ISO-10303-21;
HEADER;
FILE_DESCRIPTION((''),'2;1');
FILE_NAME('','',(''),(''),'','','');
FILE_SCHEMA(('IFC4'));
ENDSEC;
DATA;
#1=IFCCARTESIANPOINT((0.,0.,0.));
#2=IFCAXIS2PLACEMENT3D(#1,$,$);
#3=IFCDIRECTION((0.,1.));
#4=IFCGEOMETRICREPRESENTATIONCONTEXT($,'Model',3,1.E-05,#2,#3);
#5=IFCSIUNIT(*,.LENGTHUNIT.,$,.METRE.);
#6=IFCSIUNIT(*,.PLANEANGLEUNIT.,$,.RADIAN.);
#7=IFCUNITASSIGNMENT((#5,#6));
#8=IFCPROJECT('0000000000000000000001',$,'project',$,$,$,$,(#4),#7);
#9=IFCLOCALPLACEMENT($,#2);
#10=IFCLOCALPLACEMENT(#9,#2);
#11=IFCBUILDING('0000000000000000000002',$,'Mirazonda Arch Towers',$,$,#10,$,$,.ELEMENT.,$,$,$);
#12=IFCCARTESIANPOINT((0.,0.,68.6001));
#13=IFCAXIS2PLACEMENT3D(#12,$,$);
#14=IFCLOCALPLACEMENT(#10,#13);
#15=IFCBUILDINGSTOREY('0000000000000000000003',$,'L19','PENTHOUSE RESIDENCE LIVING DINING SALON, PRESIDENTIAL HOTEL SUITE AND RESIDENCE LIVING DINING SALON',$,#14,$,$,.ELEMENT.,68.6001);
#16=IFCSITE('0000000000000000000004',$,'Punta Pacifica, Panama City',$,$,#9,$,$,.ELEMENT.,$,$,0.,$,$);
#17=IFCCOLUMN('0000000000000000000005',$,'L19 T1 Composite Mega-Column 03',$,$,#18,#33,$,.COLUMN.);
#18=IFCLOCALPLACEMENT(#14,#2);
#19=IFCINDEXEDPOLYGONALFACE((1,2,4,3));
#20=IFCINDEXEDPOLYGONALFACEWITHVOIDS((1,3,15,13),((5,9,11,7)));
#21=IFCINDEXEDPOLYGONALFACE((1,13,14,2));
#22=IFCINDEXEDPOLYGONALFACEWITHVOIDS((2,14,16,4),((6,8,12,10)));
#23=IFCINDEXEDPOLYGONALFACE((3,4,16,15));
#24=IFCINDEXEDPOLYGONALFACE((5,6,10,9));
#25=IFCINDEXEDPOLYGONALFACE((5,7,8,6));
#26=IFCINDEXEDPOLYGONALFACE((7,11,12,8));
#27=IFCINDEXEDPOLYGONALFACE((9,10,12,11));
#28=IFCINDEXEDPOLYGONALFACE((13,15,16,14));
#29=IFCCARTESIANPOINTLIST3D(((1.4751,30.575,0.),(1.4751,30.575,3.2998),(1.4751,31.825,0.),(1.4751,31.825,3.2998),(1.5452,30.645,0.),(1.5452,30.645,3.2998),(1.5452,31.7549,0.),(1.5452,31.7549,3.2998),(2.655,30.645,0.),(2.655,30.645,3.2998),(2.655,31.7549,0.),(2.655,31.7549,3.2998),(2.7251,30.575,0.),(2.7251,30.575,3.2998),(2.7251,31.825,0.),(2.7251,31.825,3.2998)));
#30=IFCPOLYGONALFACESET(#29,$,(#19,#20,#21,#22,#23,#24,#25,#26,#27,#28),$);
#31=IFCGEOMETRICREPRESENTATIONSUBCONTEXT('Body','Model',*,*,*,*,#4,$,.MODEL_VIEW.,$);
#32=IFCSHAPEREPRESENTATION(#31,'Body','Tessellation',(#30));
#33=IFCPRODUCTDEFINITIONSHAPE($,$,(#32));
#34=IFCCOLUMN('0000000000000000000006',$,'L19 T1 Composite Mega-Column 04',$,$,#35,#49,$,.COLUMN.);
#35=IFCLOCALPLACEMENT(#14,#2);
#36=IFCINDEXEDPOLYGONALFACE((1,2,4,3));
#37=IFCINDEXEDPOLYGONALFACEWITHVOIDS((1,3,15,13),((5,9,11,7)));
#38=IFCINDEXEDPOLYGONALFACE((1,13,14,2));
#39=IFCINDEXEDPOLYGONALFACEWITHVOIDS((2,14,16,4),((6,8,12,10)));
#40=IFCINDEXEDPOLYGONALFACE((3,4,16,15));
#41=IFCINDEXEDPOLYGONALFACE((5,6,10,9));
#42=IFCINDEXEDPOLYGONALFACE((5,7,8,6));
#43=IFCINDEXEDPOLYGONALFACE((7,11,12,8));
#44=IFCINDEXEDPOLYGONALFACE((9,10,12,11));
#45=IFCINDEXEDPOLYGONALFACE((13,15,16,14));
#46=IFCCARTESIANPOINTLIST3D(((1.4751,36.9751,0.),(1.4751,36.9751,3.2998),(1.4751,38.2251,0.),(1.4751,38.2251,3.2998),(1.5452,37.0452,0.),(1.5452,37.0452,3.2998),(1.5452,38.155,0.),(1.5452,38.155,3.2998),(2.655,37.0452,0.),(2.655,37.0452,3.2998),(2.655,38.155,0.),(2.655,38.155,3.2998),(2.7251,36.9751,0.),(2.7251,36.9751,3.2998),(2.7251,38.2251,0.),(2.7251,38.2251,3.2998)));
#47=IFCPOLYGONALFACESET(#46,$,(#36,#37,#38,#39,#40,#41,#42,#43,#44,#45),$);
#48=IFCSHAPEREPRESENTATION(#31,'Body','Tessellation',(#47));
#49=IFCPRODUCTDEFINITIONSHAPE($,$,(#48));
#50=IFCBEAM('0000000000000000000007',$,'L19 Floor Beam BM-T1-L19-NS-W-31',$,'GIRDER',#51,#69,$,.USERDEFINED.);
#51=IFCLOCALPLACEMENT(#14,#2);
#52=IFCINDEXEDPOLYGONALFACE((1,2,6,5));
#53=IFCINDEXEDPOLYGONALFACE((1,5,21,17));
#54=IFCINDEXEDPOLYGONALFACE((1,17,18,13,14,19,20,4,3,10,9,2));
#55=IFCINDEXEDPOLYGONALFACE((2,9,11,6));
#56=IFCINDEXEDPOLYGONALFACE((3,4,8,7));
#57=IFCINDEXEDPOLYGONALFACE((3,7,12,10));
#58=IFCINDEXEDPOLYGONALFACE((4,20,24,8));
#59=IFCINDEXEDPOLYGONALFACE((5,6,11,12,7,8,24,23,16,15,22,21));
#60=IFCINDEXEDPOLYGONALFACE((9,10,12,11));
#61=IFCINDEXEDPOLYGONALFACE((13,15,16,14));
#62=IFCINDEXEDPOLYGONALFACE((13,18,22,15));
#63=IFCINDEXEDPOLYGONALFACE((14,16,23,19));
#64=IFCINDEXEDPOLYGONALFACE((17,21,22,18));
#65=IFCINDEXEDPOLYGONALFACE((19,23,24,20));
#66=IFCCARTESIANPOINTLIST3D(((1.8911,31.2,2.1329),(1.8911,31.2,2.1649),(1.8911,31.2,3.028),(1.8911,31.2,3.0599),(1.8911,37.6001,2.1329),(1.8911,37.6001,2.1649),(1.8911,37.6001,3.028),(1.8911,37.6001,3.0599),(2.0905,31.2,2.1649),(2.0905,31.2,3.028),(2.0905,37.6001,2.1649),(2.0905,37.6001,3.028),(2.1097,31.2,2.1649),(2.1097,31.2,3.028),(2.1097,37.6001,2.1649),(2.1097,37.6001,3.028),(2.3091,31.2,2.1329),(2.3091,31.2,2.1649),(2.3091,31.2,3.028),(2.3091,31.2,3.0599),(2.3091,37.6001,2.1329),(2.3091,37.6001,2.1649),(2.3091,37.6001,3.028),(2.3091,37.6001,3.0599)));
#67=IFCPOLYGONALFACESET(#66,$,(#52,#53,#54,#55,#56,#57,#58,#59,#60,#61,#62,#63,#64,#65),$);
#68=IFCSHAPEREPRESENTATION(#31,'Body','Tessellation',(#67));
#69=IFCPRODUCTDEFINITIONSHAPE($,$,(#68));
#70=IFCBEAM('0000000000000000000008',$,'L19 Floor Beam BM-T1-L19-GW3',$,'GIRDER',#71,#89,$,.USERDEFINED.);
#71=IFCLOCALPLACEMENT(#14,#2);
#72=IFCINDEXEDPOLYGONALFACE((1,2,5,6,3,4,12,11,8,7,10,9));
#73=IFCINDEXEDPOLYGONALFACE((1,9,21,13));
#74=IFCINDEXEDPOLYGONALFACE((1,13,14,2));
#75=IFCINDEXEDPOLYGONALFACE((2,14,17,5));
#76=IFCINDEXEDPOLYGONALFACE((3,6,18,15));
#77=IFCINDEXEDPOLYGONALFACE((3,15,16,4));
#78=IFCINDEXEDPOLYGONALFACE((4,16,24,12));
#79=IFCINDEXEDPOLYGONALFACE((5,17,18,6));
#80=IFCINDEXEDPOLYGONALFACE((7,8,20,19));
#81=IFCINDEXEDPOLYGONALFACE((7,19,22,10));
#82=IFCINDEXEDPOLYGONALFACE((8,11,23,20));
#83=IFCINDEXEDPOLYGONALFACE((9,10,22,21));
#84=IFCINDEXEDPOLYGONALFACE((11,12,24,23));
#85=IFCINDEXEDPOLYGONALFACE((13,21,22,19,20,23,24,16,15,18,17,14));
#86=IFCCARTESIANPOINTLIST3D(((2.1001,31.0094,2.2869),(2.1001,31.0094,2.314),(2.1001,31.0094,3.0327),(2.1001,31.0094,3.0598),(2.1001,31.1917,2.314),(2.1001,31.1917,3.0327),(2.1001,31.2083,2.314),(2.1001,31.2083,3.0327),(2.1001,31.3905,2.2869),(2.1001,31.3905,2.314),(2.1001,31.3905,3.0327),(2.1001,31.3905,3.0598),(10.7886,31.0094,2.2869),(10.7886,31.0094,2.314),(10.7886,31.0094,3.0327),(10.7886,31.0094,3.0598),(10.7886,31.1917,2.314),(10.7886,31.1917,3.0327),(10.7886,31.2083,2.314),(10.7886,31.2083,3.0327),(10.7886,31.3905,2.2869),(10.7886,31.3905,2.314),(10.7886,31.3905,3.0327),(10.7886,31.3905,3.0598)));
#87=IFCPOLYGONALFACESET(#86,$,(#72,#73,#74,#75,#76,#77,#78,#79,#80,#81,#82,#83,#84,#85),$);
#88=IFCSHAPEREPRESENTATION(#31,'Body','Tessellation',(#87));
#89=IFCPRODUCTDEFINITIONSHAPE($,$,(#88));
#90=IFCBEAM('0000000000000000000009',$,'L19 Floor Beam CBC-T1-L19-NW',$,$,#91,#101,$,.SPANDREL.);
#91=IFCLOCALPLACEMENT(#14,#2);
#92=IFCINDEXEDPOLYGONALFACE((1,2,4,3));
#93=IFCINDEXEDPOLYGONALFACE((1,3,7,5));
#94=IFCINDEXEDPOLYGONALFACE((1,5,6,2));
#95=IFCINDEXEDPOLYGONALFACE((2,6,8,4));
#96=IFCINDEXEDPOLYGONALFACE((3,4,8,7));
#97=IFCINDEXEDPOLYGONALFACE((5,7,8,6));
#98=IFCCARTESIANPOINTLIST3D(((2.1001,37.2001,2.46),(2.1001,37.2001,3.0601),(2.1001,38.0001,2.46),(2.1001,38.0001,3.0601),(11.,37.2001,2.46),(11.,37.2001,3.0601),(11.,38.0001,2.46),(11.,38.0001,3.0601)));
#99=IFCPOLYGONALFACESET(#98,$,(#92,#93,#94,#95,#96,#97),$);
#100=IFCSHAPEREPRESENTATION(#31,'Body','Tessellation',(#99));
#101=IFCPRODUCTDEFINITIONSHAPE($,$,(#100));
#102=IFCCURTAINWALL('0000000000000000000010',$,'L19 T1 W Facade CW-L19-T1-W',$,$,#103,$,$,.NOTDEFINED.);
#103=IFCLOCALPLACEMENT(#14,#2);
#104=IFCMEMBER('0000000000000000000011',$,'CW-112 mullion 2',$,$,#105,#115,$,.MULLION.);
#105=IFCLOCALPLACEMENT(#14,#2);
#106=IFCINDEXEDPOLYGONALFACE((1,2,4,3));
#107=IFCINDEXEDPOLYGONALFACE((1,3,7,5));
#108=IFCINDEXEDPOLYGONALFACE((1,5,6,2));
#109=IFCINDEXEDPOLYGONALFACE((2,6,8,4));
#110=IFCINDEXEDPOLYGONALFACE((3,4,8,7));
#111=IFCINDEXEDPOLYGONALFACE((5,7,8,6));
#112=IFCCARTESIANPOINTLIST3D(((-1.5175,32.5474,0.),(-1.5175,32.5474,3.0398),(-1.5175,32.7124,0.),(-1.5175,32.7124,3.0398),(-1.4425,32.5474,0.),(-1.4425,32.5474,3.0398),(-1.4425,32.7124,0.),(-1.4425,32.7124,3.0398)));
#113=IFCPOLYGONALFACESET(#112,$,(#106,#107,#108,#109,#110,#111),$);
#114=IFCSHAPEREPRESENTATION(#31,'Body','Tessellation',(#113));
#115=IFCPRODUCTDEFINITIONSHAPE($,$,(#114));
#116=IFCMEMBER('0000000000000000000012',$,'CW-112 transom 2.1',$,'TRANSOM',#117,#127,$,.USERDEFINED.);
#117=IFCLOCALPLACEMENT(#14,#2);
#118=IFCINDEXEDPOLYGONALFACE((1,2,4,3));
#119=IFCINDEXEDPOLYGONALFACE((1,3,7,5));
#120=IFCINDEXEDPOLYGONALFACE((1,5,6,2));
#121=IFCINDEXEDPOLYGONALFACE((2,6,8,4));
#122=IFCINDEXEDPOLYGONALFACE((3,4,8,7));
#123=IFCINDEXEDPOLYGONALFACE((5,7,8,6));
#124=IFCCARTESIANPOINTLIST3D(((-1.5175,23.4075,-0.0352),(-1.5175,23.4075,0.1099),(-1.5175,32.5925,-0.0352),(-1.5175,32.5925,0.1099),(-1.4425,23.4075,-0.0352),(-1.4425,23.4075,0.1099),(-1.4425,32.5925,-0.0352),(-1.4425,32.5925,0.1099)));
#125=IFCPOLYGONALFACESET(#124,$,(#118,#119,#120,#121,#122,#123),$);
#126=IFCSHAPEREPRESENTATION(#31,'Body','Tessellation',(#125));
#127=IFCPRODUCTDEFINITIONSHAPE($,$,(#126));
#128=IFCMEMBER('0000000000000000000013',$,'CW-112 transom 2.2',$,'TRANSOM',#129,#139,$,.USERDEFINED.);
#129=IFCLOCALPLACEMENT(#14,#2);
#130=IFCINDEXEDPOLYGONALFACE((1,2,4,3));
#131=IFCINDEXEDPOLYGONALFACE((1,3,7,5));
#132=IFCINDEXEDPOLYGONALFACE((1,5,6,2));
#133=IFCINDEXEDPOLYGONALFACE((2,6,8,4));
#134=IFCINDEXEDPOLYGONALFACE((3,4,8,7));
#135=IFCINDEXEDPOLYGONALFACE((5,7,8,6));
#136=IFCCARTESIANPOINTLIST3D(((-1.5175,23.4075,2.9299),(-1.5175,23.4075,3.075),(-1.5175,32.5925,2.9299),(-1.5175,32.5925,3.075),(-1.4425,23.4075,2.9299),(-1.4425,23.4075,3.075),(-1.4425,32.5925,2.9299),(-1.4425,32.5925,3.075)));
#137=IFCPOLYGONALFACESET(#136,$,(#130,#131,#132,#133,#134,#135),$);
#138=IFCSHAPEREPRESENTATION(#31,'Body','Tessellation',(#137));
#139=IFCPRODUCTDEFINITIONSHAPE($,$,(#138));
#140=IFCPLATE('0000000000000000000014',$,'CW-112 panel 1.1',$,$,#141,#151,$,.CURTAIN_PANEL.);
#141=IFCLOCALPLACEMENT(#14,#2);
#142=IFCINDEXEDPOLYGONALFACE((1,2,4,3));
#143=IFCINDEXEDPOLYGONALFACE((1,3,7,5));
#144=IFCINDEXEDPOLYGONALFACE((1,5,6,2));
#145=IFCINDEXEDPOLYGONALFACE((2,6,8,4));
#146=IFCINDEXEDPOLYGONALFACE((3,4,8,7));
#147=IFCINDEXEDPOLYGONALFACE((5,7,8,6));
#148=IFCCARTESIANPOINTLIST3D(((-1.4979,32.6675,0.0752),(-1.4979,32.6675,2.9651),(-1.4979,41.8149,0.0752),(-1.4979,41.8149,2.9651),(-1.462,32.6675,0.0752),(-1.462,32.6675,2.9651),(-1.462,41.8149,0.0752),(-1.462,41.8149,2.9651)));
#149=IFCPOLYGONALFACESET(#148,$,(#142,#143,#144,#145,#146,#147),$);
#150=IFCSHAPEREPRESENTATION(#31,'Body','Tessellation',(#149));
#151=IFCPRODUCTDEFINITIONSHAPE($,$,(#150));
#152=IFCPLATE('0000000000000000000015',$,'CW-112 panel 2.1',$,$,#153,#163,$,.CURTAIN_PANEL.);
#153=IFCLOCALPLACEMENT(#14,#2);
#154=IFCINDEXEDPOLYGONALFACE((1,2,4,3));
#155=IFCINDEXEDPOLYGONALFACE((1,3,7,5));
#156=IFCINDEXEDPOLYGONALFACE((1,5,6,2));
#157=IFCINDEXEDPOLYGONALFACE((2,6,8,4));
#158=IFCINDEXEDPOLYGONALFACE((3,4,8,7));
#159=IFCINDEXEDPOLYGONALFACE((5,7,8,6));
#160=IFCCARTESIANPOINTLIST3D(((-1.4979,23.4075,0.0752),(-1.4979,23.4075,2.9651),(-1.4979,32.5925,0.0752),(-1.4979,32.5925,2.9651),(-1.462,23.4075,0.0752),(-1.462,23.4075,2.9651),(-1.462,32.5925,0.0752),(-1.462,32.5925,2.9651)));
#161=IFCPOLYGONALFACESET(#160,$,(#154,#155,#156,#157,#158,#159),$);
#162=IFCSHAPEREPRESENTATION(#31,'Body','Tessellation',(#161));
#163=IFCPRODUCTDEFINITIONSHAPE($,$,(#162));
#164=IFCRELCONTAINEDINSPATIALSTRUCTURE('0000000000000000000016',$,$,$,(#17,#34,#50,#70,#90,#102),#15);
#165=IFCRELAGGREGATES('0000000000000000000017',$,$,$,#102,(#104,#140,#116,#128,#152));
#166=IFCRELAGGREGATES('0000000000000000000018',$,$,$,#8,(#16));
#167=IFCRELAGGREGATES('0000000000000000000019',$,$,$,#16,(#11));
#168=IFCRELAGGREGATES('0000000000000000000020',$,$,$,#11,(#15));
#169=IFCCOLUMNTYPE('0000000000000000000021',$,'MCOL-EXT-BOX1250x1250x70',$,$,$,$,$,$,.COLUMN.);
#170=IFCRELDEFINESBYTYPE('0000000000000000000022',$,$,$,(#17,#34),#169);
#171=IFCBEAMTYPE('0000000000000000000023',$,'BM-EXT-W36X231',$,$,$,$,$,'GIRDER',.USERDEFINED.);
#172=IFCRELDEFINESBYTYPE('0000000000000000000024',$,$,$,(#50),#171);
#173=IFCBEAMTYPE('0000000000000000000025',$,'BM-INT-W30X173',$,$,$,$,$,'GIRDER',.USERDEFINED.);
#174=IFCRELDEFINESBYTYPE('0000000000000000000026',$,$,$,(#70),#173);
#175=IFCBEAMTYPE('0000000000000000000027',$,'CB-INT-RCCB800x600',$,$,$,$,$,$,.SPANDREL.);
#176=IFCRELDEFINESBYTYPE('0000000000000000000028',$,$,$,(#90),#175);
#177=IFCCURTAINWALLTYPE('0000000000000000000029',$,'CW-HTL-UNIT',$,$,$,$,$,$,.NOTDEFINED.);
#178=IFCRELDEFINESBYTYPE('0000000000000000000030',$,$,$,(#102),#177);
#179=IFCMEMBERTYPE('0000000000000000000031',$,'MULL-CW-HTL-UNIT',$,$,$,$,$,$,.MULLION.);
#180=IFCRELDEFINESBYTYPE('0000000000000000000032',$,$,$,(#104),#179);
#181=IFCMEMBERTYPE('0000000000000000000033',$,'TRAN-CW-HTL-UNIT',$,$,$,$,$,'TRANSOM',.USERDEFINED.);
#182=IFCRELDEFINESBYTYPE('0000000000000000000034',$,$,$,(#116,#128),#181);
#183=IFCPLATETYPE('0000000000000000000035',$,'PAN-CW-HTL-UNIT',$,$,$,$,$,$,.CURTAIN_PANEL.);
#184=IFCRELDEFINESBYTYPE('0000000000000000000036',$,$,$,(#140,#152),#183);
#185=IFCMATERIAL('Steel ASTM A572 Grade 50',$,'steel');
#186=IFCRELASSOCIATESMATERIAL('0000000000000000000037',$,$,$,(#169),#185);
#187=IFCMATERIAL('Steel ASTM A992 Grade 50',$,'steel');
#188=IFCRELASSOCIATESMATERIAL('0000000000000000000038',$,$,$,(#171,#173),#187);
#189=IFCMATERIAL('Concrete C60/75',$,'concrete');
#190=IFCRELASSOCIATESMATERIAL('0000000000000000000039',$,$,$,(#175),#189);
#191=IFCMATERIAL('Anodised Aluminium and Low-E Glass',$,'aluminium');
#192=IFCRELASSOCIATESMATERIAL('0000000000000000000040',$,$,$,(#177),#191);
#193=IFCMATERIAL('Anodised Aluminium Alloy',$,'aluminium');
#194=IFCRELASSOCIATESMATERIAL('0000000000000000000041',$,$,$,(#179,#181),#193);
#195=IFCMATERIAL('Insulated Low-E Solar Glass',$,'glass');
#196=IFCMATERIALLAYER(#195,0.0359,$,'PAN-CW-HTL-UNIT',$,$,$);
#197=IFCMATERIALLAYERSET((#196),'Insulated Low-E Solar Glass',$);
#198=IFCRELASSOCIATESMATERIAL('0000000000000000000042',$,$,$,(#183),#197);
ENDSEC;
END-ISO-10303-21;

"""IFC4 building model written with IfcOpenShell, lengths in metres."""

from ifc_helpers import new_model, si_unit, direction, frame, origin, origin_2d, place, context, subcontext, project, spatial, rectangle, hollow_rectangle, i_section, extrude, material, layer, layer_set, material_profile, profile_set, type_object, element, aggregate, save


model = new_model("IFC4")

# Units and contexts
model_context = context("Model", 3, precision=1e-05, world=origin(), true_north=direction((0.0, 1.0)))
body_context = subcontext(model_context, "Body", "Model", "MODEL_VIEW")
ifc_project = project(units=[si_unit("LENGTHUNIT", "METRE"), si_unit("PLANEANGLEUNIT", "RADIAN")], contexts=[model_context])

# Site, building, storey
site_placement = place(None, origin())
site = spatial("IfcSite", under=ifc_project, at=site_placement, Name="Punta Pacifica, Panama City", CompositionType="ELEMENT", RefElevation=0.0)
building_placement = place(site_placement, origin())
building = spatial("IfcBuilding", under=site, at=building_placement, Name="Mirazonda Arch Towers", CompositionType="ELEMENT")
storey_placement = place(building_placement, frame((0.0, 0.0, 68.6001)))
storey = spatial("IfcBuildingStorey", under=building, at=storey_placement, Name="L19", Description="PENTHOUSE RESIDENCE LIVING DINING SALON, PRESIDENTIAL HOTEL SUITE AND RESIDENCE LIVING DINING SALON", CompositionType="ELEMENT", Elevation=68.6001)

# Columns
ifc_material_1 = material(Name="Steel ASTM A572 Grade 50", Category="steel")
ifc_material_profile_1 = material_profile(ifc_material_1, hollow_rectangle(XDim=1.25, YDim=1.25, WallThickness=0.0701, at=origin_2d()), Name="BOX1250x1250x70")
ifc_profile_set_1 = profile_set([ifc_material_profile_1], Name="Steel ASTM A572 Grade 50")
column_type = type_object("IfcColumnType", Name="MCOL-EXT-BOX1250x1250x70", PredefinedType="COLUMN", material=ifc_profile_set_1)
for number, where, z_axis, x_axis, name in (
    (1, (2.1001, 31.2, 0.0), (0.0, 0.0, 1.0), (1.0, 0.0, 0.0), "L19 T1 Composite Mega-Column 03"),
    (2, (2.1001, 37.6001, 0.0), (0.0, 0.0, 1.0), (1.0, 0.0, 0.0), "L19 T1 Composite Mega-Column 04"),
):
    element("IfcColumn", number, at=place(storey_placement, frame(where, z_axis=z_axis, x_axis=x_axis)), inside=storey, type_object=column_type, Name=name, PredefinedType="COLUMN", context=body_context, shape_type="SweptSolid", body=[
        extrude(hollow_rectangle(XDim=1.25, YDim=1.25, WallThickness=0.0701, at=origin_2d()), origin(), (0.0, 0.0, 1.0), 3.2998),
    ])

# Beams
ifc_material_2 = material(Name="Steel ASTM A992 Grade 50", Category="steel")
ifc_material_profile_2 = material_profile(ifc_material_2, i_section(OverallWidth=0.418, OverallDepth=0.927, WebThickness=0.0193, FlangeThickness=0.032, at=origin_2d()), Name="W36X231")
ifc_profile_set_2 = profile_set([ifc_material_profile_2], Name="Steel ASTM A992 Grade 50")
beam_type_1 = type_object("IfcBeamType", Name="BM-EXT-W36X231", ElementType="GIRDER", PredefinedType="USERDEFINED", material=ifc_profile_set_2)
beam_1_placement = place(storey_placement, frame((2.1001, 31.2, 2.5964), z_axis=(0.0, 1.0, 0.0), x_axis=(-1.0, 0.0, 0.0)))
element("IfcBeam", 3, at=beam_1_placement, inside=storey, type_object=beam_type_1, Name="L19 Floor Beam BM-T1-L19-NS-W-31", ObjectType="GIRDER", PredefinedType="USERDEFINED", context=body_context, shape_type="SweptSolid", body=[
    extrude(i_section(OverallWidth=0.418, OverallDepth=0.927, WebThickness=0.0193, FlangeThickness=0.032, at=origin_2d()), origin(), (0.0, 0.0, 1.0), 6.4001),
])
ifc_material_profile_3 = material_profile(ifc_material_2, i_section(OverallWidth=0.3811, OverallDepth=0.7729, WebThickness=0.0166, FlangeThickness=0.0271, at=origin_2d()), Name="W30X173")
ifc_profile_set_3 = profile_set([ifc_material_profile_3], Name="Steel ASTM A992 Grade 50")
beam_type_2 = type_object("IfcBeamType", Name="BM-INT-W30X173", ElementType="GIRDER", PredefinedType="USERDEFINED", material=ifc_profile_set_3)
beam_2_placement = place(storey_placement, frame((2.1001, 31.2, 2.6733), z_axis=(1.0, 0.0, 0.0), x_axis=(0.0, 1.0, 0.0)))
element("IfcBeam", 4, at=beam_2_placement, inside=storey, type_object=beam_type_2, Name="L19 Floor Beam BM-T1-L19-GW3", ObjectType="GIRDER", PredefinedType="USERDEFINED", context=body_context, shape_type="SweptSolid", body=[
    extrude(i_section(OverallWidth=0.3811, OverallDepth=0.7729, WebThickness=0.0166, FlangeThickness=0.0271, at=origin_2d()), origin(), (0.0, 0.0, 1.0), 8.6885),
])
ifc_material_3 = material(Name="Concrete C60/75", Category="concrete")
ifc_material_profile_4 = material_profile(ifc_material_3, rectangle(XDim=0.8, YDim=0.6001, at=origin_2d()), Name="RCCB800x600")
ifc_profile_set_4 = profile_set([ifc_material_profile_4], Name="Concrete C60/75")
beam_type_3 = type_object("IfcBeamType", Name="CB-INT-RCCB800x600", PredefinedType="SPANDREL", material=ifc_profile_set_4)
beam_3_placement = place(storey_placement, frame((2.1001, 37.6001, 2.76), z_axis=(1.0, 0.0, 0.0), x_axis=(0.0, 1.0, 0.0)))
element("IfcBeam", 5, at=beam_3_placement, inside=storey, type_object=beam_type_3, Name="L19 Floor Beam CBC-T1-L19-NW", PredefinedType="SPANDREL", context=body_context, shape_type="SweptSolid", body=[
    extrude(rectangle(XDim=0.8, YDim=0.6001, at=origin_2d()), origin(), (0.0, 0.0, 1.0), 8.8999),
])

# Curtain wall, members, plates
ifc_material_4 = material(Name="Anodised Aluminium and Low-E Glass", Category="aluminium")
curtain_wall_type = type_object("IfcCurtainWallType", Name="CW-HTL-UNIT", PredefinedType="NOTDEFINED", material=ifc_material_4)
curtain_wall_placement = place(storey_placement, origin())
curtain_wall = element("IfcCurtainWall", 6, at=curtain_wall_placement, inside=storey, type_object=curtain_wall_type, Name="L19 T1 W Facade CW-L19-T1-W", PredefinedType="NOTDEFINED")
ifc_material_5 = material(Name="Anodised Aluminium Alloy", Category="aluminium")
ifc_material_profile_5 = material_profile(ifc_material_5, rectangle(XDim=0.075, YDim=0.165, at=origin_2d()), Name="ALU-MULL-75x165")
ifc_profile_set_5 = profile_set([ifc_material_profile_5], Name="Anodised Aluminium Alloy")
member_type_1 = type_object("IfcMemberType", Name="MULL-CW-HTL-UNIT", PredefinedType="MULLION", material=ifc_profile_set_5)
member_1_placement = place(storey_placement, frame((-1.48, 32.6299, 0.0), z_axis=(0.0, 0.0, 1.0), x_axis=(1.0, 0.0, 0.0)))
member_1 = element("IfcMember", 7, at=member_1_placement, type_object=member_type_1, Name="CW-112 mullion 2", PredefinedType="MULLION", context=body_context, shape_type="SweptSolid", body=[
    extrude(rectangle(XDim=0.075, YDim=0.165, at=origin_2d()), origin(), (0.0, 0.0, 1.0), 3.0398),
])
ifc_material_profile_6 = material_profile(ifc_material_5, rectangle(XDim=0.075, YDim=0.145, at=origin_2d()), Name="ALU-TRAN-75x145")
ifc_profile_set_6 = profile_set([ifc_material_profile_6], Name="Anodised Aluminium Alloy")
member_type_2 = type_object("IfcMemberType", Name="TRAN-CW-HTL-UNIT", ElementType="TRANSOM", PredefinedType="USERDEFINED", material=ifc_profile_set_6)
member_2_placement = place(storey_placement, frame((-1.48, 32.5925, 0.0374), z_axis=(0.0, -1.0, 0.0), x_axis=(1.0, 0.0, 0.0)))
member_2 = element("IfcMember", 8, at=member_2_placement, type_object=member_type_2, Name="CW-112 transom 2.1", ObjectType="TRANSOM", PredefinedType="USERDEFINED", context=body_context, shape_type="SweptSolid", body=[
    extrude(rectangle(XDim=0.075, YDim=0.145, at=origin_2d()), origin(), (0.0, 0.0, 1.0), 9.1851),
])
member_3_placement = place(storey_placement, frame((-1.48, 32.5925, 3.0024), z_axis=(0.0, -1.0, 0.0), x_axis=(1.0, 0.0, 0.0)))
member_3 = element("IfcMember", 9, at=member_3_placement, type_object=member_type_2, Name="CW-112 transom 2.2", ObjectType="TRANSOM", PredefinedType="USERDEFINED", context=body_context, shape_type="SweptSolid", body=[
    extrude(rectangle(XDim=0.075, YDim=0.145, at=origin_2d()), origin(), (0.0, 0.0, 1.0), 9.1851),
])
ifc_material_6 = material(Name="Insulated Low-E Solar Glass", Category="glass")
ifc_layer_1 = layer(ifc_material_6, 0.0359, Name="PAN-CW-HTL-UNIT")
ifc_layer_set_1 = layer_set([ifc_layer_1], Name="Insulated Low-E Solar Glass")
plate_type = type_object("IfcPlateType", Name="PAN-CW-HTL-UNIT", PredefinedType="CURTAIN_PANEL", material=ifc_layer_set_1)
plate_1_placement = place(storey_placement, frame((-1.48, 37.2412, 0.0752), z_axis=(0.0, 0.0, 1.0), x_axis=(0.0, -1.0, 0.0)))
plate_1 = element("IfcPlate", 10, at=plate_1_placement, type_object=plate_type, Name="CW-112 panel 1.1", PredefinedType="CURTAIN_PANEL", context=body_context, shape_type="SweptSolid", body=[
    extrude(rectangle(XDim=9.1475, YDim=0.0359, at=origin_2d()), origin(), (0.0, 0.0, 1.0), 2.8899),
])
plate_2_placement = place(storey_placement, frame((-1.48, 28.0, 0.0752), z_axis=(0.0, 0.0, 1.0), x_axis=(0.0, -1.0, 0.0)))
plate_2 = element("IfcPlate", 11, at=plate_2_placement, type_object=plate_type, Name="CW-112 panel 2.1", PredefinedType="CURTAIN_PANEL", context=body_context, shape_type="SweptSolid", body=[
    extrude(rectangle(XDim=9.1851, YDim=0.0359, at=origin_2d()), origin(), (0.0, 0.0, 1.0), 2.8899),
])
aggregate(curtain_wall, [member_1, plate_1, member_2, member_3, plate_2])

save(model, "model.ifc")
